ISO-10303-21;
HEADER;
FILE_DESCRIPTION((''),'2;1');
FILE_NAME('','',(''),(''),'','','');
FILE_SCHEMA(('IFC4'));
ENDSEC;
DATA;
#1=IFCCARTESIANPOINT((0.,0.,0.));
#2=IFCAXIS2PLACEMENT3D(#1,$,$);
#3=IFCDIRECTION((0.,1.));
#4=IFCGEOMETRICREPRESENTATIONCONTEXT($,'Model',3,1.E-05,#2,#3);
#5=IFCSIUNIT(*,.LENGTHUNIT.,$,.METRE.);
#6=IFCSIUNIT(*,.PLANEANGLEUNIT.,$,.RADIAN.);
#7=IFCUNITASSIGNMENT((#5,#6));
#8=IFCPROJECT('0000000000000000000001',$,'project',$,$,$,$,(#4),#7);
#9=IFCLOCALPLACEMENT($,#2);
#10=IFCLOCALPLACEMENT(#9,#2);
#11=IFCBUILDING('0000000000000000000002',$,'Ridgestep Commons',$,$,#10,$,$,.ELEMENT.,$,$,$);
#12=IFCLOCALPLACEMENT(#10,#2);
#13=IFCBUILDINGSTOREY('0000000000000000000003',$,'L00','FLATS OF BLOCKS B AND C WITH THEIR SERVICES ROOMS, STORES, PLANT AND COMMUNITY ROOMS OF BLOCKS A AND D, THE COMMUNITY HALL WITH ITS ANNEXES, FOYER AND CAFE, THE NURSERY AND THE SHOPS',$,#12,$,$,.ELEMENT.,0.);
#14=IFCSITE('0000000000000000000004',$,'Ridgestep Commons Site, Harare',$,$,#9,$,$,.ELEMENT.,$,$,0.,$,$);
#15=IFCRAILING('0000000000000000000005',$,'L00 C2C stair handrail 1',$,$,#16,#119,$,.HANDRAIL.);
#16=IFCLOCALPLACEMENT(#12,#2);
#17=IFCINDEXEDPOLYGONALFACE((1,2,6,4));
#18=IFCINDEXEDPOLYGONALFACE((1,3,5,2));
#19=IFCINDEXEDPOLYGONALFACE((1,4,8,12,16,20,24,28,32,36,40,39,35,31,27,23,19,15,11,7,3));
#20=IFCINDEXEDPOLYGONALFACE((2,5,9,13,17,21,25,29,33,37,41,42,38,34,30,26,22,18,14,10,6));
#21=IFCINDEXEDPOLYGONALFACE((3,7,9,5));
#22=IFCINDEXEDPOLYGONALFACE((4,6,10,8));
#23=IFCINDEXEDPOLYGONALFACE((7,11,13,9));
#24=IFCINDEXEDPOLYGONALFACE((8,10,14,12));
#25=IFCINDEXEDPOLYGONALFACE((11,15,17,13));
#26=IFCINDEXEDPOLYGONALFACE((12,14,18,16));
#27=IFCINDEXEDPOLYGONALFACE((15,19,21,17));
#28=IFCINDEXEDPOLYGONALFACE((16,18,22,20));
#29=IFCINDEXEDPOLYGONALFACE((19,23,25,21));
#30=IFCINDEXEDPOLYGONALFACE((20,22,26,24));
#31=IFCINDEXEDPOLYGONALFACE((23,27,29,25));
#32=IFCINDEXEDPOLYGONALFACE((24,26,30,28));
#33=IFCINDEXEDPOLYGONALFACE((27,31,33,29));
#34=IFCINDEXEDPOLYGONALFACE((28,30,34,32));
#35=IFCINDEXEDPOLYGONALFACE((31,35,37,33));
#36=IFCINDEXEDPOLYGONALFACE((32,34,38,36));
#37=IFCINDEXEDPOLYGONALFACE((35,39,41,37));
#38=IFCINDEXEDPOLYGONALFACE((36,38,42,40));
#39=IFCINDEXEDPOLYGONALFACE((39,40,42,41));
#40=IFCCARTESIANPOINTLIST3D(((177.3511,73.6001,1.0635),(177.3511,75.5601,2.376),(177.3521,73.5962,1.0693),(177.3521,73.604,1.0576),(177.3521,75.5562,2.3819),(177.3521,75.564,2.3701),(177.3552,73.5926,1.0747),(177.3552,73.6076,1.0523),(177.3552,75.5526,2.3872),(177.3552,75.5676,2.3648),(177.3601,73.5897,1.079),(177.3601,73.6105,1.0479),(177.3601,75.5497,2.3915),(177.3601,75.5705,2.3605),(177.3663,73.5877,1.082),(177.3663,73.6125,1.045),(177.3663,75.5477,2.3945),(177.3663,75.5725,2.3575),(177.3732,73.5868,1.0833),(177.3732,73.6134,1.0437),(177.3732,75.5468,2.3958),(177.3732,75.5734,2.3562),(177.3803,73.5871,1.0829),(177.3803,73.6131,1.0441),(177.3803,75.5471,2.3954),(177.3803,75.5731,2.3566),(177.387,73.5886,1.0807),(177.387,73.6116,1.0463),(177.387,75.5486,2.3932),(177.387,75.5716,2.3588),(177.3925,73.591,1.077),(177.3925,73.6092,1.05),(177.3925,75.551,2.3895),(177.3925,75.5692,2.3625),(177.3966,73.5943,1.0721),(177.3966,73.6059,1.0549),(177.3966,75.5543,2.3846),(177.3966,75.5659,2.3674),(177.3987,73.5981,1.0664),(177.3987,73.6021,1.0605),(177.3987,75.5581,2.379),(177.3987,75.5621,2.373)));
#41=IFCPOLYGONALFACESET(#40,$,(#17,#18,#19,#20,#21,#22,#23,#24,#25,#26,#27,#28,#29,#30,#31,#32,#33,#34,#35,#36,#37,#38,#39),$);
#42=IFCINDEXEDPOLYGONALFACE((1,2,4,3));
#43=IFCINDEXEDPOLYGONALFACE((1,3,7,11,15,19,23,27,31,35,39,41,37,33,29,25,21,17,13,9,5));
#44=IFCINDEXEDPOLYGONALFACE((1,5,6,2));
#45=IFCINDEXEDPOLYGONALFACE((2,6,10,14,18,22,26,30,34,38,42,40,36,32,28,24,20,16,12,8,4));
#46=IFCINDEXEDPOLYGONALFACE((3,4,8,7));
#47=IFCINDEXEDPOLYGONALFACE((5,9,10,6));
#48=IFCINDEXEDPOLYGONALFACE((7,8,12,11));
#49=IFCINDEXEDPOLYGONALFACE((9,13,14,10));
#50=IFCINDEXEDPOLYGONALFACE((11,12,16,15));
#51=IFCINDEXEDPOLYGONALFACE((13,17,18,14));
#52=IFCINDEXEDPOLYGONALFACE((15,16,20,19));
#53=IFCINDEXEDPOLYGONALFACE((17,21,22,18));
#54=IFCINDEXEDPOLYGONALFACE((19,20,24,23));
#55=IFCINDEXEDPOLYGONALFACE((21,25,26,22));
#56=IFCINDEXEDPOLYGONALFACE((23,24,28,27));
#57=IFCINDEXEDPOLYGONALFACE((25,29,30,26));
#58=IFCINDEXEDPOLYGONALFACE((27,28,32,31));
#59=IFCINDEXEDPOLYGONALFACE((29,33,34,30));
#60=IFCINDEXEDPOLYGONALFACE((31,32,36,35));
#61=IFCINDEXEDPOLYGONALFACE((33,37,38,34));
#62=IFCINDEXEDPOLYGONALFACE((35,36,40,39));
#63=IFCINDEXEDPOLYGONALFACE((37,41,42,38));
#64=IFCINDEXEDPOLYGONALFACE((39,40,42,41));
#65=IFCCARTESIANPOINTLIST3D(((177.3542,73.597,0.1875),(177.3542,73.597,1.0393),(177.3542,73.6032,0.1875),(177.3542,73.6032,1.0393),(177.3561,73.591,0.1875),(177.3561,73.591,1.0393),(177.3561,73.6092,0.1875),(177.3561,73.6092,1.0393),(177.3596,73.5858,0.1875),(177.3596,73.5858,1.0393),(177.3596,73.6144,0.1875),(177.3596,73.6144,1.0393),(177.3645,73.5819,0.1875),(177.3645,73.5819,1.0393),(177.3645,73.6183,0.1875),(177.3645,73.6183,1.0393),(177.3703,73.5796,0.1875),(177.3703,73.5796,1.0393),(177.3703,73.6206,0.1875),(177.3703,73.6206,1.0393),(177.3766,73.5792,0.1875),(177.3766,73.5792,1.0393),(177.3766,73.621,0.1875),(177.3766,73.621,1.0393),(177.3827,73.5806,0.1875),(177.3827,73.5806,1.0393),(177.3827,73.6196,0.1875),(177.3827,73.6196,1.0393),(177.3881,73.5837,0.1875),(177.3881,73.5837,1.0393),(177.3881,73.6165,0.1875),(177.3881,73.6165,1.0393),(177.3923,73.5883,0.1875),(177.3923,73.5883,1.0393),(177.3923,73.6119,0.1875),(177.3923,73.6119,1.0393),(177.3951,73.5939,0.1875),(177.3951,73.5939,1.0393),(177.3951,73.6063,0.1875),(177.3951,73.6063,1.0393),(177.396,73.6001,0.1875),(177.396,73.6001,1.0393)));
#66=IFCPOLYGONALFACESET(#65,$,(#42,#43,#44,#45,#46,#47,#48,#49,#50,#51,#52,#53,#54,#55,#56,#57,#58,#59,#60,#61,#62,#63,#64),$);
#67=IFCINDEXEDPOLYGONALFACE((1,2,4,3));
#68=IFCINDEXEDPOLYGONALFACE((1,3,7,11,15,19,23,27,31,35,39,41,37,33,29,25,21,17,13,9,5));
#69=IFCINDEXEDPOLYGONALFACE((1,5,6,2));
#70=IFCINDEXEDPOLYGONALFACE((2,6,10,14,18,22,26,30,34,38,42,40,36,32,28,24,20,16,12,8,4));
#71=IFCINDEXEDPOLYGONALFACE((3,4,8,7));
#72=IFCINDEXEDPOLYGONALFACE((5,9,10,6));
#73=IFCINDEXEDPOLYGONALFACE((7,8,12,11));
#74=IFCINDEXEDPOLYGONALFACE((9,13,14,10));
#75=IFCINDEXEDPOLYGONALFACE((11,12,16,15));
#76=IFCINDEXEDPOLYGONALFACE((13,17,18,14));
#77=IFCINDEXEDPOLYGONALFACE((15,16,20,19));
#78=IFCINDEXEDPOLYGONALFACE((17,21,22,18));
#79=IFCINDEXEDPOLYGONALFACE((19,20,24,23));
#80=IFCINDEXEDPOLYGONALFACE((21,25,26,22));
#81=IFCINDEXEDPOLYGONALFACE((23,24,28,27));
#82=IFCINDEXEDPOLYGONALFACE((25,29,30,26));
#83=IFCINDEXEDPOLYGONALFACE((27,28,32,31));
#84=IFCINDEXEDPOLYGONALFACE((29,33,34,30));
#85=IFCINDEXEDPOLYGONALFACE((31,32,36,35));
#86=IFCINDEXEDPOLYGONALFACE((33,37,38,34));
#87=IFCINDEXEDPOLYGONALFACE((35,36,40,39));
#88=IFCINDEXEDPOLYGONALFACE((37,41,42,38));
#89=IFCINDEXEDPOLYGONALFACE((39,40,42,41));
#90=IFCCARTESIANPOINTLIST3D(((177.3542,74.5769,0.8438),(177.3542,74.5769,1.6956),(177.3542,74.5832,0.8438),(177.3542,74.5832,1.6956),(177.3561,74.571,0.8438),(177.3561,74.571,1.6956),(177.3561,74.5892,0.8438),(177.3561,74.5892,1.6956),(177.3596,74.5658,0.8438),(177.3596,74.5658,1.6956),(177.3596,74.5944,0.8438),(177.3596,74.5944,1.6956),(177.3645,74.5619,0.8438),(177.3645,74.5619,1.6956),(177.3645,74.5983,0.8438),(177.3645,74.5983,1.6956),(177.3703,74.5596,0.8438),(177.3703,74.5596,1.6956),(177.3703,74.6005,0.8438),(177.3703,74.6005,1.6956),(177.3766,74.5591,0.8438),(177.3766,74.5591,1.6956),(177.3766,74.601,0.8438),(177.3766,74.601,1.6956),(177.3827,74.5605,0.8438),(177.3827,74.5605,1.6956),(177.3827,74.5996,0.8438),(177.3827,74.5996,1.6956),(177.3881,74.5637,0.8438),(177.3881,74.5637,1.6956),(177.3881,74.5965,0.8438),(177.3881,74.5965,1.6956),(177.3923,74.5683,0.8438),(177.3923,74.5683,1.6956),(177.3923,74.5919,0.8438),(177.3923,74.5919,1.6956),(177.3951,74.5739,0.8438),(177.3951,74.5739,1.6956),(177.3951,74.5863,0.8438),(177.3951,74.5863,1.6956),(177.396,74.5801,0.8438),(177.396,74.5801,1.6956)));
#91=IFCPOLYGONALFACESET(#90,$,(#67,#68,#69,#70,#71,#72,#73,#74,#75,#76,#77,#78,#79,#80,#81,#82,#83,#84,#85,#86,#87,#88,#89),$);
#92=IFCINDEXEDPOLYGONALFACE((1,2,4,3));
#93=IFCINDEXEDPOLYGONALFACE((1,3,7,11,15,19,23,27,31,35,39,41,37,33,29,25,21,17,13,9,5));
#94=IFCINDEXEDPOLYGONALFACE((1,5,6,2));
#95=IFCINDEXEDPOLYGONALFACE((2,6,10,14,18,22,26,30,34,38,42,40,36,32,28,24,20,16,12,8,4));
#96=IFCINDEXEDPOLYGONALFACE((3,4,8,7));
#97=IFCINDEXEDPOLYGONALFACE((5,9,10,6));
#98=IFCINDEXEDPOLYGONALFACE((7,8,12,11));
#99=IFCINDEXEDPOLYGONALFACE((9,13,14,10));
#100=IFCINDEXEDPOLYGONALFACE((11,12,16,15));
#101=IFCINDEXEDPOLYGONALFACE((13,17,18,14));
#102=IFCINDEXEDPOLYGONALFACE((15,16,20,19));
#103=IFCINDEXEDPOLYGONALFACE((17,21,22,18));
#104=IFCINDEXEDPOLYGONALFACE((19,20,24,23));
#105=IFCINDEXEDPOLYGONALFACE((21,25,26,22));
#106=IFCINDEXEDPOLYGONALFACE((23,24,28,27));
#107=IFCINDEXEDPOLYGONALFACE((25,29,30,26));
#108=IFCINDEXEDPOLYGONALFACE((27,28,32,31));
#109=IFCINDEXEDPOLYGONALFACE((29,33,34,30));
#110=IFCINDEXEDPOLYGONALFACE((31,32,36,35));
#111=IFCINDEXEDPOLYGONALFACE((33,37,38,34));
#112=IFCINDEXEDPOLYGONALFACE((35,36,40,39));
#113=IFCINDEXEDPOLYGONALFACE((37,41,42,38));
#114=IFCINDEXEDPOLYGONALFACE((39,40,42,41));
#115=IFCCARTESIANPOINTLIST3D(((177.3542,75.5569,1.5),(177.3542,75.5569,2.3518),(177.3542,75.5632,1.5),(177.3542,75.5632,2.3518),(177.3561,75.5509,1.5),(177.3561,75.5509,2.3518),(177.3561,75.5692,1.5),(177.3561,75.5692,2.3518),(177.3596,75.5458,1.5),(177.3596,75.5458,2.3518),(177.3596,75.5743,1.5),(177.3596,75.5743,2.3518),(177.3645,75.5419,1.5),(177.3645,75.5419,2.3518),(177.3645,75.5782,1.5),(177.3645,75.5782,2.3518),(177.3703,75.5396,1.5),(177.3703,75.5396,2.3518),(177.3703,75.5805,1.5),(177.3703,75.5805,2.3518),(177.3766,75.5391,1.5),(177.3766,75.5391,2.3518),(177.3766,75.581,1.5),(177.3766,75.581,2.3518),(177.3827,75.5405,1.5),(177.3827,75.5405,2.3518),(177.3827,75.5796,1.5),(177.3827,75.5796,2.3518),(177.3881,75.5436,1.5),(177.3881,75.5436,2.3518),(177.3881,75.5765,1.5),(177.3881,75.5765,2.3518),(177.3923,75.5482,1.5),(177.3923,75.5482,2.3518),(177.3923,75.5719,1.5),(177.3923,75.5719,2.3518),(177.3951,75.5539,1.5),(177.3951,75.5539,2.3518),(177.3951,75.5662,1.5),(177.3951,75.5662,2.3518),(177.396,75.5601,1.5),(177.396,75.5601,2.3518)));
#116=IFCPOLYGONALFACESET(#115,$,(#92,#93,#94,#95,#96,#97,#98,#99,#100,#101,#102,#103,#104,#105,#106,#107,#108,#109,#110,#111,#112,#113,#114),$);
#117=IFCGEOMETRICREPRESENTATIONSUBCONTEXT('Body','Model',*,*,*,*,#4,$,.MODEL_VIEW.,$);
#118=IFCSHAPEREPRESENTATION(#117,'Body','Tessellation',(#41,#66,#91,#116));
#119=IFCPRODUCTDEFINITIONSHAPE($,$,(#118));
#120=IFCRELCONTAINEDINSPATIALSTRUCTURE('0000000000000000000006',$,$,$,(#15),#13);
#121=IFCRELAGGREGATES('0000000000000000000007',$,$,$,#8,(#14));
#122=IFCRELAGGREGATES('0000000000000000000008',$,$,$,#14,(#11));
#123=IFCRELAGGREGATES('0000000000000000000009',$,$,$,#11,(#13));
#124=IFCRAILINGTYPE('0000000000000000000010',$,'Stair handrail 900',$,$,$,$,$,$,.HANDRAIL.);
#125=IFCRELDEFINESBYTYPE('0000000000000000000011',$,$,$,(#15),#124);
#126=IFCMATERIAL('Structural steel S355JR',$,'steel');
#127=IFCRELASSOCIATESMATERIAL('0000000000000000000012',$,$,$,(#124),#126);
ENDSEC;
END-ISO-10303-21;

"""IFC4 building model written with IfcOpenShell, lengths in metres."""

from ifc_helpers import new_model, si_unit, direction, frame, origin, origin_2d, place, context, subcontext, project, spatial, circle, extrude, material, type_object, element, save


model = new_model("IFC4")

# Units and contexts
model_context = context("Model", 3, precision=1e-05, world=origin(), true_north=direction((0.0, 1.0)))
body_context = subcontext(model_context, "Body", "Model", "MODEL_VIEW")
ifc_project = project(units=[si_unit("LENGTHUNIT", "METRE"), si_unit("PLANEANGLEUNIT", "RADIAN")], contexts=[model_context])

# Site, building, storey
site_placement = place(None, origin())
site = spatial("IfcSite", under=ifc_project, at=site_placement, Name="Ridgestep Commons Site, Harare", CompositionType="ELEMENT", RefElevation=0.0)
building_placement = place(site_placement, origin())
building = spatial("IfcBuilding", under=site, at=building_placement, Name="Ridgestep Commons", CompositionType="ELEMENT")
storey_placement = place(building_placement, origin())
storey = spatial("IfcBuildingStorey", under=building, at=storey_placement, Name="L00", Description="FLATS OF BLOCKS B AND C WITH THEIR SERVICES ROOMS, STORES, PLANT AND COMMUNITY ROOMS OF BLOCKS A AND D, THE COMMUNITY HALL WITH ITS ANNEXES, FOYER AND CAFE, THE NURSERY AND THE SHOPS", CompositionType="ELEMENT", Elevation=0.0)

# Railing
ifc_material_1 = material(Name="Structural steel S355JR", Category="steel")
railing_type_1 = type_object("IfcRailingType", Name="Stair handrail 900", PredefinedType="HANDRAIL", material=ifc_material_1)
railing_1_placement = place(storey_placement, frame((177.375, 73.6001, 0.1875)))
element("IfcRailing", 1, at=railing_1_placement, inside=storey, type_object=railing_type_1, Name="L00 C2C stair handrail 1", PredefinedType="HANDRAIL", context=body_context, shape_type="SweptSolid", body=[
    extrude(circle(Radius=0.0239, at=origin_2d()), frame((0.0, 0.0, 0.876), z_axis=(0.0, 0.830902, 0.556419), x_axis=(-1.0, 0.0, 0.0)), (0.0, 0.0, 1.0), 2.3589),
    extrude(circle(Radius=0.021, at=origin_2d()), origin(), (0.0, 0.0, 1.0), 0.8518),
    extrude(circle(Radius=0.021, at=origin_2d()), frame((0.0, 0.98, 0.6562)), (0.0, 0.0, 1.0), 0.8518),
    extrude(circle(Radius=0.021, at=origin_2d()), frame((0.0, 1.96, 1.3125)), (0.0, 0.0, 1.0), 0.8518),
])

save(model, "model.ifc")
